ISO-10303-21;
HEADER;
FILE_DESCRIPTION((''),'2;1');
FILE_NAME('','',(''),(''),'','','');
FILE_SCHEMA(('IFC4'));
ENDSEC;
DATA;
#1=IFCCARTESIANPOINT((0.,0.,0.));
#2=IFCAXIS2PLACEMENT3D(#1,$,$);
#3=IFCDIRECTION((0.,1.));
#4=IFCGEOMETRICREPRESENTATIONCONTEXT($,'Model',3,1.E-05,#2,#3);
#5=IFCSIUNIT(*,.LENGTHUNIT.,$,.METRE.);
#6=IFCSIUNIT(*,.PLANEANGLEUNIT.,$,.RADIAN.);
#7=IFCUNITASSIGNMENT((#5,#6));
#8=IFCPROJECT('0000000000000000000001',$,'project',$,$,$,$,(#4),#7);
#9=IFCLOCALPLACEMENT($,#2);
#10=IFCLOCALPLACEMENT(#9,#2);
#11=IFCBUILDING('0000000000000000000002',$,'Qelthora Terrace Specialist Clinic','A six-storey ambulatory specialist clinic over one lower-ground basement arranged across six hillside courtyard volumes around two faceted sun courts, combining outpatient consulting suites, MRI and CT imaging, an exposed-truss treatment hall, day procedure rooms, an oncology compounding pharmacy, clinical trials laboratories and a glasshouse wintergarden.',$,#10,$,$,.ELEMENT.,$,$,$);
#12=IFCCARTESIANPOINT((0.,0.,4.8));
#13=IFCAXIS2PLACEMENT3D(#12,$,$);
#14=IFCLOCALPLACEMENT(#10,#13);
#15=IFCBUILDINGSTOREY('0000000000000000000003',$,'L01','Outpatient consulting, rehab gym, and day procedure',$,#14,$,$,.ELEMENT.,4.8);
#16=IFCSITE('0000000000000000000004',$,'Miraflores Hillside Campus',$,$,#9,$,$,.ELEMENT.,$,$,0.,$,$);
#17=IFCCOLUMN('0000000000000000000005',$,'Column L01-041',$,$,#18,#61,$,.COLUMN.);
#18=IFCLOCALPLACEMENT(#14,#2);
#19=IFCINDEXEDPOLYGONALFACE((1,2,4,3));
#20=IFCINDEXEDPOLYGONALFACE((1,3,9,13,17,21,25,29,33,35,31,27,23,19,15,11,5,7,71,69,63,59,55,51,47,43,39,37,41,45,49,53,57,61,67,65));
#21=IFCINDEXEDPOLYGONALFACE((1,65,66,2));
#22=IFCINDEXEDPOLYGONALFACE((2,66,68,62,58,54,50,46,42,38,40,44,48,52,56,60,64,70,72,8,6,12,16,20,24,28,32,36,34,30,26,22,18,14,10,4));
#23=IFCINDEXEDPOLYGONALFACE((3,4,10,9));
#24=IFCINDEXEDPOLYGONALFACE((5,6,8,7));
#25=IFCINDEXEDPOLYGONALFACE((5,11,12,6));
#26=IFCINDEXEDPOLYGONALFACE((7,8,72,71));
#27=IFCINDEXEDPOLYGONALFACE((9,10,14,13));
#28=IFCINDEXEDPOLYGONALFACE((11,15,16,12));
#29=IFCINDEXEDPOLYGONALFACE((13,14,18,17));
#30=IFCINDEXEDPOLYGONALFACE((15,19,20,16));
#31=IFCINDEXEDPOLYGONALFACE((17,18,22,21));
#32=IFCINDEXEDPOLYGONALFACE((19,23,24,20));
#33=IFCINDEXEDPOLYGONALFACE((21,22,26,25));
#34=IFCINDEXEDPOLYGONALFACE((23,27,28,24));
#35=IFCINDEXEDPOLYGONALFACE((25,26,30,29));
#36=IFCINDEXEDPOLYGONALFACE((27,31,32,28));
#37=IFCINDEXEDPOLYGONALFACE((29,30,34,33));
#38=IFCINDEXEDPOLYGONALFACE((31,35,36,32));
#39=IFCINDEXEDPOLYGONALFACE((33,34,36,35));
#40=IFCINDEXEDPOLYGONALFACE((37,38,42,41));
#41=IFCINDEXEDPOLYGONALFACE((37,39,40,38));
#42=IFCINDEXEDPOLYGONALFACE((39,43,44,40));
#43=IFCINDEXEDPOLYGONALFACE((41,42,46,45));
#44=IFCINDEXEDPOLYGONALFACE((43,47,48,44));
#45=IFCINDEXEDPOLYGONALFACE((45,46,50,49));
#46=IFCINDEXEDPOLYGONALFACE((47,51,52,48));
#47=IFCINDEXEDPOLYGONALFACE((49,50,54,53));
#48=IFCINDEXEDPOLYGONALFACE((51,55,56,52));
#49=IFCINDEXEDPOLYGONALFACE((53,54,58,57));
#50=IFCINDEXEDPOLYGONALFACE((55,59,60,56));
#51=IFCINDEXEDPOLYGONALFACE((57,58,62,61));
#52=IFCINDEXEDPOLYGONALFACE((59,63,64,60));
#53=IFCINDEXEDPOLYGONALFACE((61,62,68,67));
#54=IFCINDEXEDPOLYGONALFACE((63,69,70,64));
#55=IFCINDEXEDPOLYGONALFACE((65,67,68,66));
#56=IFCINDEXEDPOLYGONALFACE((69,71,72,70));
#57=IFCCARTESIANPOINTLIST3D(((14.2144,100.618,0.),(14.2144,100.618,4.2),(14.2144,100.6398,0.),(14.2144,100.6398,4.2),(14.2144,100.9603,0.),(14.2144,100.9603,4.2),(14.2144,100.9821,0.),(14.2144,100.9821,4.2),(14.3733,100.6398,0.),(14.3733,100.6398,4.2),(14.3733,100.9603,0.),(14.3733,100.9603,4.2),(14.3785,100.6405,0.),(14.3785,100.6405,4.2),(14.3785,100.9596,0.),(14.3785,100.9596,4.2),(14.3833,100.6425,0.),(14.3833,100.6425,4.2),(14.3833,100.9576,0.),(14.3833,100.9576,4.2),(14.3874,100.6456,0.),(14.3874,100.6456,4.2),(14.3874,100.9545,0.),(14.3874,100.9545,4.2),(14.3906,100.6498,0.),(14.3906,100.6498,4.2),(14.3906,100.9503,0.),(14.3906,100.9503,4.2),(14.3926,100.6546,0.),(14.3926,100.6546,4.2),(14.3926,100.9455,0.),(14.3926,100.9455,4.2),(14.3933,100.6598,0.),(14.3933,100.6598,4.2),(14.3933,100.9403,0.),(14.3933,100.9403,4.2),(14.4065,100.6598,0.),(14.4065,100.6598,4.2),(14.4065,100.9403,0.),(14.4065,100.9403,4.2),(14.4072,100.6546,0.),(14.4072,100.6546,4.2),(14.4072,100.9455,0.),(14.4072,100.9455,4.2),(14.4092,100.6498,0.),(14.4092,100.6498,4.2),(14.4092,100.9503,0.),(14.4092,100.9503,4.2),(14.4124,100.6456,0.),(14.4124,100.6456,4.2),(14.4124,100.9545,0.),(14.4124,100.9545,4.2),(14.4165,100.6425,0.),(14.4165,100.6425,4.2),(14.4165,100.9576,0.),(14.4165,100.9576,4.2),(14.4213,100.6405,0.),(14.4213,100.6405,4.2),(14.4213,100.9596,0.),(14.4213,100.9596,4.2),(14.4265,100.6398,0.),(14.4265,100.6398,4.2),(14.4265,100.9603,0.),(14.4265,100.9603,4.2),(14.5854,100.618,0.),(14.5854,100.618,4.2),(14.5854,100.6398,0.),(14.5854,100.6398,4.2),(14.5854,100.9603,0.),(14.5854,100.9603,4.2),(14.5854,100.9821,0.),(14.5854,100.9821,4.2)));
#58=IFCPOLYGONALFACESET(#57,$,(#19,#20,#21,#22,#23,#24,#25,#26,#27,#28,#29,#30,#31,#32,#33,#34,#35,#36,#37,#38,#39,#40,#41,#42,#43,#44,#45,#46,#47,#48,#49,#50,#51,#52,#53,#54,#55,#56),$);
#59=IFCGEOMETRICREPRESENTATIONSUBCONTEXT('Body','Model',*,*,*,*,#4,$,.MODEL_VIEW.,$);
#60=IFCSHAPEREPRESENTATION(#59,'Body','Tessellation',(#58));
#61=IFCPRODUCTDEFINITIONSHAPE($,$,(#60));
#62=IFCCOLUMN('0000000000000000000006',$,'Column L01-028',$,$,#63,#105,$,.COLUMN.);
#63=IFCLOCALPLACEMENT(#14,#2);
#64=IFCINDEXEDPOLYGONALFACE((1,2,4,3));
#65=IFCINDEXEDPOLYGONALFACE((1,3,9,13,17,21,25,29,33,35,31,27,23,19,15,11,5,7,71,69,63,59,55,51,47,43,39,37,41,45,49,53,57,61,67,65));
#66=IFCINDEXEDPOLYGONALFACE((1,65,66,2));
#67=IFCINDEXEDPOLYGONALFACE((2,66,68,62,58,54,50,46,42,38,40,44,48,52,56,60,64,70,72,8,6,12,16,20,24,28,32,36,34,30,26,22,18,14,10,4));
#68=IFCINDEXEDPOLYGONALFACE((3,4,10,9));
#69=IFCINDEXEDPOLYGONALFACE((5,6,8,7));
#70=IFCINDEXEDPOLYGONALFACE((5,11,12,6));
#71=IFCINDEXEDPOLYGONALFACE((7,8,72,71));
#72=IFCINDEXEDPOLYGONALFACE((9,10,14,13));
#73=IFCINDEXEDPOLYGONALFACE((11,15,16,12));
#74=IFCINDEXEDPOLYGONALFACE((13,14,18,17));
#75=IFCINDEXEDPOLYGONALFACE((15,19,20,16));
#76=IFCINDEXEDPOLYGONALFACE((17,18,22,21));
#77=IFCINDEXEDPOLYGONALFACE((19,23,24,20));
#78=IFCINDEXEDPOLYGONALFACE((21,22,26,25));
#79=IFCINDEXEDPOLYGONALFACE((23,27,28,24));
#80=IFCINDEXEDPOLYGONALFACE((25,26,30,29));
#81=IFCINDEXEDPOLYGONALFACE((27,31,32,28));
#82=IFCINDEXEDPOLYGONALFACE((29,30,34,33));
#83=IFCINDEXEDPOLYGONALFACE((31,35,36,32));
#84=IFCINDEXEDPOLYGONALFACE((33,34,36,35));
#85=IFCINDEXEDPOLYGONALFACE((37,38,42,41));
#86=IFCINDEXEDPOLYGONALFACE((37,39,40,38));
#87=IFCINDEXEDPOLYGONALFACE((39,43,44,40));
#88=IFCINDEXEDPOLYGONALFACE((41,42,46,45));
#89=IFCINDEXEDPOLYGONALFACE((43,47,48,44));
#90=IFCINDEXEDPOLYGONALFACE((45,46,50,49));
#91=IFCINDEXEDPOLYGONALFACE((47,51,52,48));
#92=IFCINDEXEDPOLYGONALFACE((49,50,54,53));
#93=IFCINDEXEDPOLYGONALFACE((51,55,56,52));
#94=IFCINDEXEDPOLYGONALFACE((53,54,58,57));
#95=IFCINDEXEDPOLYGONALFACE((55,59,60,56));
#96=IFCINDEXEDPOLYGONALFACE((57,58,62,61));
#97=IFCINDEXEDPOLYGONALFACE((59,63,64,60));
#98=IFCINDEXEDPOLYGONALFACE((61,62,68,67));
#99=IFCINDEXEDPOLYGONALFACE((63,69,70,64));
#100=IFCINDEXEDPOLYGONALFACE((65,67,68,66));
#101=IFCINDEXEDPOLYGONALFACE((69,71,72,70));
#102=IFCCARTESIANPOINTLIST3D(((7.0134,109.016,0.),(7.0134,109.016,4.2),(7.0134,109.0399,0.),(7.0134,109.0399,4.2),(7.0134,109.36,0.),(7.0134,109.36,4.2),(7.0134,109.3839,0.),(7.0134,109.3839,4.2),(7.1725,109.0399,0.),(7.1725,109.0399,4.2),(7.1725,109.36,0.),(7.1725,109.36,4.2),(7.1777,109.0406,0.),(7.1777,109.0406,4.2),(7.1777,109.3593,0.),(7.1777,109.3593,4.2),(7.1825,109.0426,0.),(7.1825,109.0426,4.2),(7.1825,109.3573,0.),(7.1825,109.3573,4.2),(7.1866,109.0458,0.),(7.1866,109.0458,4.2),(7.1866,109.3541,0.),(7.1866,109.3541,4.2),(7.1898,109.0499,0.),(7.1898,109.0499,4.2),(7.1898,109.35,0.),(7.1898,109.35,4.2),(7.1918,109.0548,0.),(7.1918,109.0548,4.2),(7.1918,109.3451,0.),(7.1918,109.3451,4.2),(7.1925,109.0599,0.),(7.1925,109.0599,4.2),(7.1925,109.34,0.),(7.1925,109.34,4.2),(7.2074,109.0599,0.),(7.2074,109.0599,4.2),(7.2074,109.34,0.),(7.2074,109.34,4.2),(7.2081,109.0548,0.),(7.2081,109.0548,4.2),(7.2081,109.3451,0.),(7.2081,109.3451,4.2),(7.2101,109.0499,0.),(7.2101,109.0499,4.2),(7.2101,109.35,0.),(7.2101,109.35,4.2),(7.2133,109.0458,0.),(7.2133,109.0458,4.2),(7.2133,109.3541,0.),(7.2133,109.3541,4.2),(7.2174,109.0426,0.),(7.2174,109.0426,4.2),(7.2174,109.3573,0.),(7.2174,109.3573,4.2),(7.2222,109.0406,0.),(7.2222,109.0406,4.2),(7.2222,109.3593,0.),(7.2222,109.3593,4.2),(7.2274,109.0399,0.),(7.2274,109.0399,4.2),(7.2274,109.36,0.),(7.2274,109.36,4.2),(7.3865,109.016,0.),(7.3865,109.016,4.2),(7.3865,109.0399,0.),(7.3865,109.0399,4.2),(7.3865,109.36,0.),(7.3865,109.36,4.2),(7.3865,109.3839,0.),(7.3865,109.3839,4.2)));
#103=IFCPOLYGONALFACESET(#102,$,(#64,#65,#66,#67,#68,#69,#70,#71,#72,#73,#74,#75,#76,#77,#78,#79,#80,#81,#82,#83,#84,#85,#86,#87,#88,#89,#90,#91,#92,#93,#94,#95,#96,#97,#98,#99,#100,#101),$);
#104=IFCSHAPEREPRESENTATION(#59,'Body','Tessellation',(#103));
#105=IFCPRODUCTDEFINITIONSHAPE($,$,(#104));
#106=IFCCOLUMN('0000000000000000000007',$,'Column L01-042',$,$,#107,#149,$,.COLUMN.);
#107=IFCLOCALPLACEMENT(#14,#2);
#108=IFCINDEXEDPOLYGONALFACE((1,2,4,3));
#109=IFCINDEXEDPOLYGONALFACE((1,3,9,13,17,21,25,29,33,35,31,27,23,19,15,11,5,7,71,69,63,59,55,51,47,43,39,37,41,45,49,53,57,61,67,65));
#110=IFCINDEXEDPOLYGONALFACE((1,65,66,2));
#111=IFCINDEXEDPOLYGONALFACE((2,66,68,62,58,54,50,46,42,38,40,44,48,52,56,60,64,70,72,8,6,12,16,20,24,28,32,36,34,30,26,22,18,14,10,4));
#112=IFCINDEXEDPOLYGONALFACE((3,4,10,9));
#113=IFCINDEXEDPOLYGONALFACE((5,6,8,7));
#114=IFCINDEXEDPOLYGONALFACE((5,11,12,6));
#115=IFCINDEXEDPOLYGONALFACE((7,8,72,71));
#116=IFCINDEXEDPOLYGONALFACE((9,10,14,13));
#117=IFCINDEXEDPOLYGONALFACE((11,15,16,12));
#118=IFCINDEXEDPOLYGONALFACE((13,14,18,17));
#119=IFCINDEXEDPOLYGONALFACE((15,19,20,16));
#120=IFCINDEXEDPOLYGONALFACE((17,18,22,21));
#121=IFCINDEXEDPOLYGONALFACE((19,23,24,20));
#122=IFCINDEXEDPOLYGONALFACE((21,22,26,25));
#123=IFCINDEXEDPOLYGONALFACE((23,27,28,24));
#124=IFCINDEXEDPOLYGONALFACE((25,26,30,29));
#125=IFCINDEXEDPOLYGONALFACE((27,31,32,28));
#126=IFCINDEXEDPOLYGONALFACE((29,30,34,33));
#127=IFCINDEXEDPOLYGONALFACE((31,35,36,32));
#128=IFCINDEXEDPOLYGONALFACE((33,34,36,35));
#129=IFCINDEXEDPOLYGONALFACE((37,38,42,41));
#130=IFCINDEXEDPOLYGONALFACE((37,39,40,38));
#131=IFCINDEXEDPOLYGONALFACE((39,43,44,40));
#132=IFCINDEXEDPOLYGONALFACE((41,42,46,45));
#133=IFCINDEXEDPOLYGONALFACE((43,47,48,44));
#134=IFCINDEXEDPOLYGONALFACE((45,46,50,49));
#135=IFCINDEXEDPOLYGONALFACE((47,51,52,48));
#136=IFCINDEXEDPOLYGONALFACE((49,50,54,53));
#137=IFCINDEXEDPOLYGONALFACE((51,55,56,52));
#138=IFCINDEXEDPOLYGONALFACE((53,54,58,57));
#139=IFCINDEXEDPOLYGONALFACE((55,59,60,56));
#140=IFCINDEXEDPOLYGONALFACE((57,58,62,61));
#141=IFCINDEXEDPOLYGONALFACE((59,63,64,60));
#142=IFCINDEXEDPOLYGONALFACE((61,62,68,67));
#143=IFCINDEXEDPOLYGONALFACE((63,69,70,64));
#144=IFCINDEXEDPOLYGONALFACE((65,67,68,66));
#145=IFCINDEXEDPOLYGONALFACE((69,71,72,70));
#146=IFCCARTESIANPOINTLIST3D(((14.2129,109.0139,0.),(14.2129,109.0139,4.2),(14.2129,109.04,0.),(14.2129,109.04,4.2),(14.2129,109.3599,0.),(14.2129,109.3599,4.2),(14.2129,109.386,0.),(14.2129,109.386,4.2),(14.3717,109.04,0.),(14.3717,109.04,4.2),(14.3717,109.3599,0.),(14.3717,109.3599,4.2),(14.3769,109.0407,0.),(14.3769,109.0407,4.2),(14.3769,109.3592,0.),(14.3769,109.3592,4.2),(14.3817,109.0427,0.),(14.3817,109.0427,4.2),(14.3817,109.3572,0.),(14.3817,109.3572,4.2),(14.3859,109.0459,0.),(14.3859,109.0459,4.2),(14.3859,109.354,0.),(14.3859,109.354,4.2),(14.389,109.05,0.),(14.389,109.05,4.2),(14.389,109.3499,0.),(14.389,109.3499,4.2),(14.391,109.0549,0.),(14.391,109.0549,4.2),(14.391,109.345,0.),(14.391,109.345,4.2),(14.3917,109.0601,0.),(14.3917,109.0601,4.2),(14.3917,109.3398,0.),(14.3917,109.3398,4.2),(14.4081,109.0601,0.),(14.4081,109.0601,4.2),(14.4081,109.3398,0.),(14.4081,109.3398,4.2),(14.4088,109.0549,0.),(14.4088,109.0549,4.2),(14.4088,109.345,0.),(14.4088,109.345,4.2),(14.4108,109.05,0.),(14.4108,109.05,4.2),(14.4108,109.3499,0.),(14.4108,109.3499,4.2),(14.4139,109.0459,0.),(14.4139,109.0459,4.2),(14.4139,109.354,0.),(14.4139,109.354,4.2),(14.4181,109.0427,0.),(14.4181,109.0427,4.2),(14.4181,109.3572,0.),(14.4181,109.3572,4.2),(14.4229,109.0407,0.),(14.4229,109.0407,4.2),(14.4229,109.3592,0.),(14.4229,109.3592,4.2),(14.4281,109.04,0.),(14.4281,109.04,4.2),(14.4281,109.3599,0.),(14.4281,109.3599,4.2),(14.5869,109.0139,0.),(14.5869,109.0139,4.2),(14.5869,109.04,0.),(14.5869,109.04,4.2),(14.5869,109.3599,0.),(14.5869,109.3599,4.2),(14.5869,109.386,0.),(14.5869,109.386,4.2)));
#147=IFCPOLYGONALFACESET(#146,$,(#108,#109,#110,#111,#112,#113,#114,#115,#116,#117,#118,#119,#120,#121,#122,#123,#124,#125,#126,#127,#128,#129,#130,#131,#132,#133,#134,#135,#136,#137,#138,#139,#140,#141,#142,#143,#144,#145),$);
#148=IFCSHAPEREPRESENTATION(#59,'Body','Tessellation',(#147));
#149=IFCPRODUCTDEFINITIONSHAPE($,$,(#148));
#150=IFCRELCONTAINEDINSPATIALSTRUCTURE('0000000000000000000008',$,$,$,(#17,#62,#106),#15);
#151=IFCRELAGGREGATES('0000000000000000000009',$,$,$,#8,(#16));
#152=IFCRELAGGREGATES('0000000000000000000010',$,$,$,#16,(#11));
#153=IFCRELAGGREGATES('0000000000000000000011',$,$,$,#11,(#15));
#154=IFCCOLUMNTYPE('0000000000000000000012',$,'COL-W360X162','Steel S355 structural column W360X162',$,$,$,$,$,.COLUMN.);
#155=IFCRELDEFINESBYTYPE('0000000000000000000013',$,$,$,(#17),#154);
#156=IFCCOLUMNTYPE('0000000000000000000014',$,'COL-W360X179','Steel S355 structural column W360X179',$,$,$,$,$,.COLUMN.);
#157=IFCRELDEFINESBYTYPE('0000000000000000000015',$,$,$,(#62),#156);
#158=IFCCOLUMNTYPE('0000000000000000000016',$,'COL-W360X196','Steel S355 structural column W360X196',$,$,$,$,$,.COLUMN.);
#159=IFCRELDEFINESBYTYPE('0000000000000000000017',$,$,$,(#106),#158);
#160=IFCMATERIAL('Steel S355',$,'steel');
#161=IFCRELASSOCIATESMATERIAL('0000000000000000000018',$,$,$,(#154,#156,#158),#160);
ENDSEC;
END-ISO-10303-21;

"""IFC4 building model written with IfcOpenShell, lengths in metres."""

from ifc_helpers import new_model, si_unit, direction, frame, origin, origin_2d, place, context, subcontext, project, spatial, i_section, extrude, material, material_profile, profile_set, type_object, element, save


model = new_model("IFC4")

# Units and contexts
model_context = context("Model", 3, precision=1e-05, world=origin(), true_north=direction((0.0, 1.0)))
body_context = subcontext(model_context, "Body", "Model", "MODEL_VIEW")
ifc_project = project(units=[si_unit("LENGTHUNIT", "METRE"), si_unit("PLANEANGLEUNIT", "RADIAN")], contexts=[model_context])

# Site, building, storey
site_placement = place(None, origin())
site = spatial("IfcSite", under=ifc_project, at=site_placement, Name="Miraflores Hillside Campus", CompositionType="ELEMENT", RefElevation=0.0)
building_placement = place(site_placement, origin())
building = spatial("IfcBuilding", under=site, at=building_placement, Name="Qelthora Terrace Specialist Clinic", Description="A six-storey ambulatory specialist clinic over one lower-ground basement arranged across six hillside courtyard volumes around two faceted sun courts, combining outpatient consulting suites, MRI and CT imaging, an exposed-truss treatment hall, day procedure rooms, an oncology compounding pharmacy, clinical trials laboratories and a glasshouse wintergarden.", CompositionType="ELEMENT")
storey_placement = place(building_placement, frame((0.0, 0.0, 4.8)))
storey = spatial("IfcBuildingStorey", under=building, at=storey_placement, Name="L01", Description="Outpatient consulting, rehab gym, and day procedure", CompositionType="ELEMENT", Elevation=4.8)

# Columns
ifc_material_1 = material(Name="Steel S355", Category="steel")
ifc_material_profile_1 = material_profile(ifc_material_1, i_section(OverallWidth=0.3711, OverallDepth=0.364, WebThickness=0.0132, FlangeThickness=0.0217, FilletRadius=0.02, at=origin_2d()), Name="W360X162")
ifc_profile_set_1 = profile_set([ifc_material_profile_1], Name="Steel S355")
column_type_1 = type_object("IfcColumnType", Name="COL-W360X162", Description="Steel S355 structural column W360X162", PredefinedType="COLUMN", material=ifc_profile_set_1)
column_1_placement = place(storey_placement, frame((14.3999, 100.8, 0.0), z_axis=(0.0, 0.0, 1.0), x_axis=(1.0, 0.0, 0.0)))
element("IfcColumn", 1, at=column_1_placement, inside=storey, type_object=column_type_1, Name="Column L01-041", PredefinedType="COLUMN", context=body_context, shape_type="SweptSolid", body=[
    extrude(i_section(OverallWidth=0.3711, OverallDepth=0.364, WebThickness=0.0132, FlangeThickness=0.0217, FilletRadius=0.02, at=origin_2d()), origin(), (0.0, 0.0, 1.0), 4.2),
])
ifc_material_profile_2 = material_profile(ifc_material_1, i_section(OverallWidth=0.373, OverallDepth=0.3679, WebThickness=0.0149, FlangeThickness=0.0239, FilletRadius=0.02, at=origin_2d()), Name="W360X179")
ifc_profile_set_2 = profile_set([ifc_material_profile_2], Name="Steel S355")
column_type_2 = type_object("IfcColumnType", Name="COL-W360X179", Description="Steel S355 structural column W360X179", PredefinedType="COLUMN", material=ifc_profile_set_2)
column_2_placement = place(storey_placement, frame((7.2, 109.2, 0.0), z_axis=(0.0, 0.0, 1.0), x_axis=(1.0, 0.0, 0.0)))
element("IfcColumn", 2, at=column_2_placement, inside=storey, type_object=column_type_2, Name="Column L01-028", PredefinedType="COLUMN", context=body_context, shape_type="SweptSolid", body=[
    extrude(i_section(OverallWidth=0.373, OverallDepth=0.3679, WebThickness=0.0149, FlangeThickness=0.0239, FilletRadius=0.02, at=origin_2d()), origin(), (0.0, 0.0, 1.0), 4.2),
])
ifc_material_profile_3 = material_profile(ifc_material_1, i_section(OverallWidth=0.374, OverallDepth=0.3721, WebThickness=0.0164, FlangeThickness=0.0261, FilletRadius=0.02, at=origin_2d()), Name="W360X196")
ifc_profile_set_3 = profile_set([ifc_material_profile_3], Name="Steel S355")
column_type_3 = type_object("IfcColumnType", Name="COL-W360X196", Description="Steel S355 structural column W360X196", PredefinedType="COLUMN", material=ifc_profile_set_3)
column_3_placement = place(storey_placement, frame((14.3999, 109.2, 0.0), z_axis=(0.0, 0.0, 1.0), x_axis=(1.0, 0.0, 0.0)))
element("IfcColumn", 3, at=column_3_placement, inside=storey, type_object=column_type_3, Name="Column L01-042", PredefinedType="COLUMN", context=body_context, shape_type="SweptSolid", body=[
    extrude(i_section(OverallWidth=0.374, OverallDepth=0.3721, WebThickness=0.0164, FlangeThickness=0.0261, FilletRadius=0.02, at=origin_2d()), origin(), (0.0, 0.0, 1.0), 4.2),
])

save(model, "model.ifc")
